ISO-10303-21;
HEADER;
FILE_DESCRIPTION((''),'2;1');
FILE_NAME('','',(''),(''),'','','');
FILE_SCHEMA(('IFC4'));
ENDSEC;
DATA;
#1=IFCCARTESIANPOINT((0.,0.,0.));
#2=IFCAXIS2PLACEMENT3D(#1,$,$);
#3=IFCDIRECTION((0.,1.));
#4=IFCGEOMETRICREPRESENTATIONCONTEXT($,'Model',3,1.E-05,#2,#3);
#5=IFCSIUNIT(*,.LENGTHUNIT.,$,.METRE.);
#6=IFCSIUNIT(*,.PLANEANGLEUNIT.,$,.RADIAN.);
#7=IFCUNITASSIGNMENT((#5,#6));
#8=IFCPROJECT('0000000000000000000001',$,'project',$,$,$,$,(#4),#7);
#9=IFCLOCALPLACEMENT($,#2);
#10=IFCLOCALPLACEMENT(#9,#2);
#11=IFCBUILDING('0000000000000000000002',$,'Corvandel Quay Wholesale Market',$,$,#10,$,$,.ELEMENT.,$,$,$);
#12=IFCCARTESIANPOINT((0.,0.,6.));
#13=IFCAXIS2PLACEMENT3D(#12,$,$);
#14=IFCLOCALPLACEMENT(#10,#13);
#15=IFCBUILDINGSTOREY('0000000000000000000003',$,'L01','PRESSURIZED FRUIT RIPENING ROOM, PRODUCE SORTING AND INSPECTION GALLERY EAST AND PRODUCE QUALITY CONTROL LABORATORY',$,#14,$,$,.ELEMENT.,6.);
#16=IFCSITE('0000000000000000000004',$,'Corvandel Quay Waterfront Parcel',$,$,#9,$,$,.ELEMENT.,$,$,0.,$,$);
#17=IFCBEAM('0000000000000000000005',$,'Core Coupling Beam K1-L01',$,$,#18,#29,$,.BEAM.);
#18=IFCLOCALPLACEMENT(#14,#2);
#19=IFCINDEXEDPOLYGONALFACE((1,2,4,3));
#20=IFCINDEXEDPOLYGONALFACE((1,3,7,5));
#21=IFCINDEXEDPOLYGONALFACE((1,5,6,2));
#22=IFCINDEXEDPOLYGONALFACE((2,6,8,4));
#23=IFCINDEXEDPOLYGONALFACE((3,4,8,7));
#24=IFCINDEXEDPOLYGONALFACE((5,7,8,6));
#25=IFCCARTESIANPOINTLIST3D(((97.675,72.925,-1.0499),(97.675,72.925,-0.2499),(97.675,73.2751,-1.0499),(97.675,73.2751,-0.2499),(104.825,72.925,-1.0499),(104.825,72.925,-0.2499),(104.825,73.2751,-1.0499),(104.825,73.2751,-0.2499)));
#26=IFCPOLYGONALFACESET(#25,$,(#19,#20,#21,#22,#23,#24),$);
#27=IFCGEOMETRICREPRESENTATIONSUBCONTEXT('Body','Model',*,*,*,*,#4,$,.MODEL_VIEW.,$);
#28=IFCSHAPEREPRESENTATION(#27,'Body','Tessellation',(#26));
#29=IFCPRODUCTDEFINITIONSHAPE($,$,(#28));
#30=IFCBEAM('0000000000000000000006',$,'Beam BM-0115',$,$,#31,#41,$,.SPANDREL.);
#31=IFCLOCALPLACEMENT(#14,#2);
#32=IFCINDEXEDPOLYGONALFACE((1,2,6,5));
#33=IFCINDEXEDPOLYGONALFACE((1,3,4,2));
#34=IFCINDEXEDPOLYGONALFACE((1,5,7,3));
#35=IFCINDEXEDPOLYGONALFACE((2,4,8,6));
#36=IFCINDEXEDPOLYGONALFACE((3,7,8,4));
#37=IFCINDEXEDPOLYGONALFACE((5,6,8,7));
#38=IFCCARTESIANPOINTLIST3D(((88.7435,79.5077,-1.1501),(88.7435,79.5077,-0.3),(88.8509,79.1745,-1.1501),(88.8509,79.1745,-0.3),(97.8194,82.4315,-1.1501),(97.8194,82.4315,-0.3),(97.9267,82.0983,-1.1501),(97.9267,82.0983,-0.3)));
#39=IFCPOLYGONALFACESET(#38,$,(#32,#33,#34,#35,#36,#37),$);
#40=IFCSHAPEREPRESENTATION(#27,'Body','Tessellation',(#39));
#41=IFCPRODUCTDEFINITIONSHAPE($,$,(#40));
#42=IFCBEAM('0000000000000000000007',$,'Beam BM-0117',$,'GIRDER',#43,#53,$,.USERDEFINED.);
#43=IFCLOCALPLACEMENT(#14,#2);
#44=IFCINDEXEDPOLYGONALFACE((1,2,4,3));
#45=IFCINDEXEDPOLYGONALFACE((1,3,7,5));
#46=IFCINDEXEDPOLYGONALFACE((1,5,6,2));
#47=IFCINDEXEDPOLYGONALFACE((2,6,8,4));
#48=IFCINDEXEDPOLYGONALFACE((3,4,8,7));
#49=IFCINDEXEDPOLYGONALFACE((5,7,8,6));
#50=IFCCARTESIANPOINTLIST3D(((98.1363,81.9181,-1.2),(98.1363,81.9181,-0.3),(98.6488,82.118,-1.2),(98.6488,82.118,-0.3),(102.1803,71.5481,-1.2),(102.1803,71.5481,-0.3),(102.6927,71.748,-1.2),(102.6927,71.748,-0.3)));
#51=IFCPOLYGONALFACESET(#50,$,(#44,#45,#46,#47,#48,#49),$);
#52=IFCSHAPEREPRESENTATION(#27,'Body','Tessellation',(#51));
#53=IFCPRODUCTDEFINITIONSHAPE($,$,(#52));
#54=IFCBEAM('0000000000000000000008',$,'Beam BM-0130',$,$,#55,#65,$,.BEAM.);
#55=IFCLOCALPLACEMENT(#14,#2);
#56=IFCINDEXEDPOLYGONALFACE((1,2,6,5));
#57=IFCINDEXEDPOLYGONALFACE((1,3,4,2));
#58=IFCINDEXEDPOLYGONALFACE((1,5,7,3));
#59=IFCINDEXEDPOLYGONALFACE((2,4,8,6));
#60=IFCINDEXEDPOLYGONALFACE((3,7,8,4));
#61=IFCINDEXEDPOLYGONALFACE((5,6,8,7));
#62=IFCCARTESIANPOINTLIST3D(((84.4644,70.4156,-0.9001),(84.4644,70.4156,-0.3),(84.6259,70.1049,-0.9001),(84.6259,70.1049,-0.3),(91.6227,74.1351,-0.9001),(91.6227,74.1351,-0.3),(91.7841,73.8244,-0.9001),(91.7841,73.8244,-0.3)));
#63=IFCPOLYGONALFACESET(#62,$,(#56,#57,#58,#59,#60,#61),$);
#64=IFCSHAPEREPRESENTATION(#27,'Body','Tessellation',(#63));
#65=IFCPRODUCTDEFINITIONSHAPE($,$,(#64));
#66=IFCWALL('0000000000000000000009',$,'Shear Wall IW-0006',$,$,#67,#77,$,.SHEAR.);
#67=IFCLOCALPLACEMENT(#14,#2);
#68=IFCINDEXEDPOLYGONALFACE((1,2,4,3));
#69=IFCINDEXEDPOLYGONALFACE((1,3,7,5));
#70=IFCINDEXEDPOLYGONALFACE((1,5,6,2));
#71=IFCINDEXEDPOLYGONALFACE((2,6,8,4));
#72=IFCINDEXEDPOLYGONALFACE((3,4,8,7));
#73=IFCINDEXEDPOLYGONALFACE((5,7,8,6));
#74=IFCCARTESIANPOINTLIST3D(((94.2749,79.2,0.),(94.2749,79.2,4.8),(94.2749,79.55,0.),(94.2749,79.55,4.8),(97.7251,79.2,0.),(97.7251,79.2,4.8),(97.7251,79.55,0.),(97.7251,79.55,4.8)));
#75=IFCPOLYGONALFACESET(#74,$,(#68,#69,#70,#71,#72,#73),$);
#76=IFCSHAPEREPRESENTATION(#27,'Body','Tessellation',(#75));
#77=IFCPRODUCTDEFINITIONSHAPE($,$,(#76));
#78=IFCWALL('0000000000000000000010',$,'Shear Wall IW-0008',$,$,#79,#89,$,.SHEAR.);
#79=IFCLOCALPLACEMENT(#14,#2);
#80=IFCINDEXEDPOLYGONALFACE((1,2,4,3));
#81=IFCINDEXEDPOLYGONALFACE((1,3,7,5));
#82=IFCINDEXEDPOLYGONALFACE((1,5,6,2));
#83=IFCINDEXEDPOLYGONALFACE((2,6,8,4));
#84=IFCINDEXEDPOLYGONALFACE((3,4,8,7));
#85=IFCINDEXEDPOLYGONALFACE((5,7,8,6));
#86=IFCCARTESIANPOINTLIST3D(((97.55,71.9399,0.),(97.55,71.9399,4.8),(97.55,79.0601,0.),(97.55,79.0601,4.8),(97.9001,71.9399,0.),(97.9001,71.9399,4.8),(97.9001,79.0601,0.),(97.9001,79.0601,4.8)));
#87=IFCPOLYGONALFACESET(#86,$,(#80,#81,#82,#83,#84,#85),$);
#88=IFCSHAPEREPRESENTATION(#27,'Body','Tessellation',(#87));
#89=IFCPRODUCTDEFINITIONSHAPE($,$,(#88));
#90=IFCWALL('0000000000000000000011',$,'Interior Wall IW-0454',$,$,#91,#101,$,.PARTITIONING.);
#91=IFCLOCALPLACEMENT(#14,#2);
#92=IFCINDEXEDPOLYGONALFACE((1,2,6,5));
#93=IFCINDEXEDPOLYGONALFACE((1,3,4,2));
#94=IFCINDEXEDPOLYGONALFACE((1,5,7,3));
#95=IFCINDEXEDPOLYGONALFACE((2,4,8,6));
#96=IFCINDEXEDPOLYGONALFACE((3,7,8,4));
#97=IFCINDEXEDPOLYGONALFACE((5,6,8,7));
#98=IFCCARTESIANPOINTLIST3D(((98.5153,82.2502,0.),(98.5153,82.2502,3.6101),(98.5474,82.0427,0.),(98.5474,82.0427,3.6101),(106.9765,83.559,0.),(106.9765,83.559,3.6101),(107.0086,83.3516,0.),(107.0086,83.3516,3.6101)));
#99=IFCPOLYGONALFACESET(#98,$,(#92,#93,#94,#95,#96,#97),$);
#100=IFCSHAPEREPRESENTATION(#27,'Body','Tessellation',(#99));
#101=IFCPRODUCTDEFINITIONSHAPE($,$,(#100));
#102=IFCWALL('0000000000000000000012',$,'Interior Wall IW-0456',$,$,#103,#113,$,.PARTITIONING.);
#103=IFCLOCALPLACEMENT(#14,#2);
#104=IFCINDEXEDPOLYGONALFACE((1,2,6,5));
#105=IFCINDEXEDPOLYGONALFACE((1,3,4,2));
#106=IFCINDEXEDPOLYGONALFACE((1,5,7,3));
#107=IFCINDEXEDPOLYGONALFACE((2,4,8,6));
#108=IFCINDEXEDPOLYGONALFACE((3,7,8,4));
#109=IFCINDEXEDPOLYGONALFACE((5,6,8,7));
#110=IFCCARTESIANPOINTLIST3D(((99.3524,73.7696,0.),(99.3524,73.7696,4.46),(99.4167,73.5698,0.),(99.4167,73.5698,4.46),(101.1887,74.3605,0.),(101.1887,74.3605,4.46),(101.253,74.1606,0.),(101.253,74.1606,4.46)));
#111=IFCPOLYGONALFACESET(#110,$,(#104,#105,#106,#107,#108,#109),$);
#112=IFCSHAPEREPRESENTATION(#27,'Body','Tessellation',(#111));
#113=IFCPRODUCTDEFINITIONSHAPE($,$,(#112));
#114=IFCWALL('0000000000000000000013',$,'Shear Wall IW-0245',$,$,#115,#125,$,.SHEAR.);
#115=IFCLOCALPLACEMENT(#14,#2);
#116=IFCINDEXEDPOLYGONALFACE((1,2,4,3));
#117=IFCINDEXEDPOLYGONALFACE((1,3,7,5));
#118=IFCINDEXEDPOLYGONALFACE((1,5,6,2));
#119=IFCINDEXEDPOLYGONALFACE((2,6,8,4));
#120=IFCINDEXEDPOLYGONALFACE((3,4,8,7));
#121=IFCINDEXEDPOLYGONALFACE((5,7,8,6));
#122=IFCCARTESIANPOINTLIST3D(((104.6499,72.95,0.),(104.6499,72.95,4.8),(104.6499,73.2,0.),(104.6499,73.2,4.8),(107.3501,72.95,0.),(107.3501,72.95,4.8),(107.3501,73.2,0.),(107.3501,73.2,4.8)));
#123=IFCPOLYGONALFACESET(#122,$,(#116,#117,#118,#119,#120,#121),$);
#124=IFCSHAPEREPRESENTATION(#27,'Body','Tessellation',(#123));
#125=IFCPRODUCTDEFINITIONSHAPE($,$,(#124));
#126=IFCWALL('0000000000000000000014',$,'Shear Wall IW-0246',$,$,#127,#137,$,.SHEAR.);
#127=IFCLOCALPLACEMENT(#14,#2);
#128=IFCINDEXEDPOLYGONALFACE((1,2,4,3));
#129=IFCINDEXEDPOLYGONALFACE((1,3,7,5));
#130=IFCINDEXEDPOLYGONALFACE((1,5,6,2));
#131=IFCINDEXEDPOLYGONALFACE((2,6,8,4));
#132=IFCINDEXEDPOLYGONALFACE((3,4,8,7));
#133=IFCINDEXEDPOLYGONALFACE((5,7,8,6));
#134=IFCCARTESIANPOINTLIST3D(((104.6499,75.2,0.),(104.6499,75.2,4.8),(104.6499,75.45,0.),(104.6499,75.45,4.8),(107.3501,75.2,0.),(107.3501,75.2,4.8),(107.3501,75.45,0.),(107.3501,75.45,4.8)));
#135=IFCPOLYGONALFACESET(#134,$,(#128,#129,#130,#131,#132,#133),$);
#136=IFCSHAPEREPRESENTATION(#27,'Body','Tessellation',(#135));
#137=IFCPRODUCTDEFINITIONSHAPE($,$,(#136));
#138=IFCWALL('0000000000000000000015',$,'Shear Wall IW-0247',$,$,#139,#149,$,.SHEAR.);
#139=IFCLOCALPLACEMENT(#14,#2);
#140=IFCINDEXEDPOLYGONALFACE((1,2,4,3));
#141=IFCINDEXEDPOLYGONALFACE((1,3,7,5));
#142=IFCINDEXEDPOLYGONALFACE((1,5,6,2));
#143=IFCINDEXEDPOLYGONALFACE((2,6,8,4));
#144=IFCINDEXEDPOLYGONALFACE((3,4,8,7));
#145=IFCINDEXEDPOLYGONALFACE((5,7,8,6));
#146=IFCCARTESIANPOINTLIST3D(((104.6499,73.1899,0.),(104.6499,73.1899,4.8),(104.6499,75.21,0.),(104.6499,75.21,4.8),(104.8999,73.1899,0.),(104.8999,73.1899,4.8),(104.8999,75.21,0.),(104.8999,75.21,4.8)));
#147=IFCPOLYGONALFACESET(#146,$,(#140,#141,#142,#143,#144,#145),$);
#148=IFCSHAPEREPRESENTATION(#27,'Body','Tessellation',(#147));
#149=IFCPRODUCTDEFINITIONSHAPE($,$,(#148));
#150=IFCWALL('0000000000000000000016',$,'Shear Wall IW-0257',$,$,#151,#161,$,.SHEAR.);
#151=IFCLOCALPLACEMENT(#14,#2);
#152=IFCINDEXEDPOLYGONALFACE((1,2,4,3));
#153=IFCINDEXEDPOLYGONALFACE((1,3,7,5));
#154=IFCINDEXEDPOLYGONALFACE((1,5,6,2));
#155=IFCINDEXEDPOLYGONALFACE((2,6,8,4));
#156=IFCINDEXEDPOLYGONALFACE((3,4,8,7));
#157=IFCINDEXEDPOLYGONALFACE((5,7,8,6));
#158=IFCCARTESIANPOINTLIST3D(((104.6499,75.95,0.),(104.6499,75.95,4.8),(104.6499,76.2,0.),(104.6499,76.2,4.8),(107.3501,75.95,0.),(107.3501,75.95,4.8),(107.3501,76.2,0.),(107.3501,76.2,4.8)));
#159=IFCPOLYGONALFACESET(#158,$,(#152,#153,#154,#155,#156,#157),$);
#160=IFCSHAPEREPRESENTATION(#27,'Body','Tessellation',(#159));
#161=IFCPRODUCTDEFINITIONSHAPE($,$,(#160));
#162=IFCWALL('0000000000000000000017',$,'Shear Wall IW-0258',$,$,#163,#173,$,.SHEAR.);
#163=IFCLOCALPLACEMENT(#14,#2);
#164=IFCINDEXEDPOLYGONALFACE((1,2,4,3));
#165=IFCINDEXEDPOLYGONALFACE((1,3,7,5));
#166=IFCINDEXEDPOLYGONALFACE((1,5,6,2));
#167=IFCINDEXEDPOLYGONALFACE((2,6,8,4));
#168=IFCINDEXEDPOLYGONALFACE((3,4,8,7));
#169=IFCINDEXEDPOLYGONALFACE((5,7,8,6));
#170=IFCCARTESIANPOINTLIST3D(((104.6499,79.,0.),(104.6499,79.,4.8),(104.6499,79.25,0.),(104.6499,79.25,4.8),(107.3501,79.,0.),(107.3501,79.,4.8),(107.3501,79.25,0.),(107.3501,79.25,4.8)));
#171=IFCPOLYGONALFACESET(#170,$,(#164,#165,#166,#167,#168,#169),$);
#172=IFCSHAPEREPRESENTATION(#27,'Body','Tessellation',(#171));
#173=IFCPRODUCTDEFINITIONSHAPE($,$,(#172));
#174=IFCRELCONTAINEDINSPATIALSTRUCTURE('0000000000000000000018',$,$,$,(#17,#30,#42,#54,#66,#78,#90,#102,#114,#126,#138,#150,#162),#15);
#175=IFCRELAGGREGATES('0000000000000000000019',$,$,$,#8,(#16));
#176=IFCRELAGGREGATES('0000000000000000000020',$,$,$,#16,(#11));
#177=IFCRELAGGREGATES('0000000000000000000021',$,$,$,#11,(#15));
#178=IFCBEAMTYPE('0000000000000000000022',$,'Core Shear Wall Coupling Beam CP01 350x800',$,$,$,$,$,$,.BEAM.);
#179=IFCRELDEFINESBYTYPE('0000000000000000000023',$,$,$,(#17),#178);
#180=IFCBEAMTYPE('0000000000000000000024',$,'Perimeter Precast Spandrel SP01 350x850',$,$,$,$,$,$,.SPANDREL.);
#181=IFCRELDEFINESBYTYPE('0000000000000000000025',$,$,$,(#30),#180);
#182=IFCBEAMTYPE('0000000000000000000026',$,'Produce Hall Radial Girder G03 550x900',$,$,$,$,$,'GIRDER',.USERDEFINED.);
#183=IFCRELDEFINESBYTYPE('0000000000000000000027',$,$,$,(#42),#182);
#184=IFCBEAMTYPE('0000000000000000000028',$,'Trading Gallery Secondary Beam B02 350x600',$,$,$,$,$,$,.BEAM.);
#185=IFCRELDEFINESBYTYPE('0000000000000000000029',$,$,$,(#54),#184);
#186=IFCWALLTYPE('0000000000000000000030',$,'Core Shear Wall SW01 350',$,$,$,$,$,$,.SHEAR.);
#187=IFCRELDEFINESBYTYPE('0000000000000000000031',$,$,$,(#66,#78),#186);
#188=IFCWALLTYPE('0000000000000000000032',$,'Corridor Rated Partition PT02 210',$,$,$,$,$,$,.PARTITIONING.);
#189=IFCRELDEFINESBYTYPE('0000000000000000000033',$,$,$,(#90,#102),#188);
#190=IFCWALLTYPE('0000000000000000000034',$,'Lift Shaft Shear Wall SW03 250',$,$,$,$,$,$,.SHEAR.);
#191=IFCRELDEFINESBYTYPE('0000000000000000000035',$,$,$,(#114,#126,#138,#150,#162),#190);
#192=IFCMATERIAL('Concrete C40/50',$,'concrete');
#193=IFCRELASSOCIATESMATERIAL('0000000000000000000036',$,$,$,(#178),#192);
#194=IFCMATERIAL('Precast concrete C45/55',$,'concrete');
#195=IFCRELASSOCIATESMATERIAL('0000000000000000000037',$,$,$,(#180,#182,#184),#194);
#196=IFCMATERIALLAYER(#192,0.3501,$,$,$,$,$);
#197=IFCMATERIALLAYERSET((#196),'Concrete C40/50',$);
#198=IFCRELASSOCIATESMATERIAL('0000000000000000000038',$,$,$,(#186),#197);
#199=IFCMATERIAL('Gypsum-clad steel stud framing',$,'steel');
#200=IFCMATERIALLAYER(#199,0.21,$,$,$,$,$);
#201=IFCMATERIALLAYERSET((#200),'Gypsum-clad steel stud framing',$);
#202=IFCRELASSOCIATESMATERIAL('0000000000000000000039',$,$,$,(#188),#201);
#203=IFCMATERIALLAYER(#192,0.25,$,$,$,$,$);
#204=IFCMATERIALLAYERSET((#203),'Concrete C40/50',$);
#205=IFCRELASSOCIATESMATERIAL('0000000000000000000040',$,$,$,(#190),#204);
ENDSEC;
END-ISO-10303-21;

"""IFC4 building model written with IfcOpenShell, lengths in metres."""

from ifc_helpers import new_model, si_unit, direction, frame, frame_2d, origin, origin_2d, place, context, subcontext, project, spatial, rectangle, extrude, material, layer, layer_set, material_profile, profile_set, type_object, element, save


model = new_model("IFC4")

# Units and contexts
model_context = context("Model", 3, precision=1e-05, world=origin(), true_north=direction((0.0, 1.0)))
body_context = subcontext(model_context, "Body", "Model", "MODEL_VIEW")
ifc_project = project(units=[si_unit("LENGTHUNIT", "METRE"), si_unit("PLANEANGLEUNIT", "RADIAN")], contexts=[model_context])

# Site, building, storey
site_placement = place(None, origin())
site = spatial("IfcSite", under=ifc_project, at=site_placement, Name="Corvandel Quay Waterfront Parcel", CompositionType="ELEMENT", RefElevation=0.0)
building_placement = place(site_placement, origin())
building = spatial("IfcBuilding", under=site, at=building_placement, Name="Corvandel Quay Wholesale Market", CompositionType="ELEMENT")
storey_placement = place(building_placement, frame((0.0, 0.0, 6.0)))
storey = spatial("IfcBuildingStorey", under=building, at=storey_placement, Name="L01", Description="PRESSURIZED FRUIT RIPENING ROOM, PRODUCE SORTING AND INSPECTION GALLERY EAST AND PRODUCE QUALITY CONTROL LABORATORY", CompositionType="ELEMENT", Elevation=6.0)

# Beams
ifc_material_1 = material(Name="Concrete C40/50", Category="concrete")
ifc_material_profile_1 = material_profile(ifc_material_1, rectangle(XDim=0.3501, YDim=0.8, at=origin_2d()), Name="RC-CPL-350x800")
ifc_profile_set_1 = profile_set([ifc_material_profile_1], Name="Concrete C40/50")
beam_type_1 = type_object("IfcBeamType", Name="Core Shear Wall Coupling Beam CP01 350x800", PredefinedType="BEAM", material=ifc_profile_set_1)
beam_1_placement = place(storey_placement, frame((97.675, 73.1001, -0.6499), z_axis=(1.0, 0.0, 0.0), x_axis=(0.0, 1.0, 0.0)))
element("IfcBeam", 1, at=beam_1_placement, inside=storey, type_object=beam_type_1, Name="Core Coupling Beam K1-L01", PredefinedType="BEAM", context=body_context, shape_type="SweptSolid", body=[
    extrude(rectangle(XDim=0.3501, YDim=0.8, at=origin_2d()), origin(), (0.0, 0.0, 1.0), 7.1499),
])
ifc_material_2 = material(Name="Precast concrete C45/55", Category="concrete")
ifc_material_profile_2 = material_profile(ifc_material_2, rectangle(XDim=0.3501, YDim=0.8501, at=origin_2d()), Name="PC-SPN-350x850")
ifc_profile_set_2 = profile_set([ifc_material_profile_2], Name="Precast concrete C45/55")
beam_type_2 = type_object("IfcBeamType", Name="Perimeter Precast Spandrel SP01 350x850", PredefinedType="SPANDREL", material=ifc_profile_set_2)
beam_2_placement = place(storey_placement, frame((97.873, 82.2649, -0.7251), z_axis=(-0.951828, -0.306633, 0.0), x_axis=(0.306633, -0.951828, 0.0)))
element("IfcBeam", 2, at=beam_2_placement, inside=storey, type_object=beam_type_2, Name="Beam BM-0115", PredefinedType="SPANDREL", context=body_context, shape_type="SweptSolid", body=[
    extrude(rectangle(XDim=0.3501, YDim=0.8501, at=origin_2d()), origin(), (0.0, 0.0, 1.0), 9.5352),
])
ifc_material_profile_3 = material_profile(ifc_material_2, rectangle(XDim=0.55, YDim=0.8999, at=origin_2d()), Name="PC-GIR-550x900")
ifc_profile_set_3 = profile_set([ifc_material_profile_3], Name="Precast concrete C45/55")
beam_type_3 = type_object("IfcBeamType", Name="Produce Hall Radial Girder G03 550x900", ElementType="GIRDER", PredefinedType="USERDEFINED", material=ifc_profile_set_3)
beam_3_placement = place(storey_placement, frame((98.3926, 82.0181, -0.75), z_axis=(0.363314, -0.931667, 0.0), x_axis=(0.931667, 0.363314, 0.0)))
element("IfcBeam", 3, at=beam_3_placement, inside=storey, type_object=beam_type_3, Name="Beam BM-0117", ObjectType="GIRDER", PredefinedType="USERDEFINED", context=body_context, shape_type="SweptSolid", body=[
    extrude(rectangle(XDim=0.55, YDim=0.8999, at=origin_2d()), origin(), (0.0, 0.0, 1.0), 11.1306),
])
ifc_material_profile_4 = material_profile(ifc_material_2, rectangle(XDim=0.3501, YDim=0.6001, at=origin_2d()), Name="PC-BM-350x600")
ifc_profile_set_4 = profile_set([ifc_material_profile_4], Name="Precast concrete C45/55")
beam_type_4 = type_object("IfcBeamType", Name="Trading Gallery Secondary Beam B02 350x600", PredefinedType="BEAM", material=ifc_profile_set_4)
beam_4_placement = place(storey_placement, frame((91.7034, 73.9797, -0.6001), z_axis=(-0.887358, -0.461081, 0.0), x_axis=(0.461081, -0.887358, 0.0)))
element("IfcBeam", 4, at=beam_4_placement, inside=storey, type_object=beam_type_4, Name="Beam BM-0130", PredefinedType="BEAM", context=body_context, shape_type="SweptSolid", body=[
    extrude(rectangle(XDim=0.3501, YDim=0.6001, at=origin_2d()), origin(), (0.0, 0.0, 1.0), 8.0669),
])

# Walls
ifc_layer_1 = layer(ifc_material_1, 0.3501)
ifc_layer_set_1 = layer_set([ifc_layer_1], Name="Concrete C40/50")
wall_type_1 = type_object("IfcWallType", Name="Core Shear Wall SW01 350", PredefinedType="SHEAR", material=ifc_layer_set_1)
wall_1_placement = place(storey_placement, frame((94.2749, 79.375, 0.0), z_axis=(0.0, 0.0, 1.0), x_axis=(1.0, 0.0, 0.0)))
element("IfcWall", 5, at=wall_1_placement, inside=storey, type_object=wall_type_1, Name="Shear Wall IW-0006", PredefinedType="SHEAR", context=body_context, shape_type="SweptSolid", body=[
    extrude(rectangle(XDim=3.4502, YDim=0.3501, at=frame_2d((1.7251, 0.0))), origin(), (0.0, 0.0, 1.0), 4.8),
])
wall_2_placement = place(storey_placement, frame((97.7251, 71.9399, 0.0), z_axis=(0.0, 0.0, 1.0), x_axis=(0.0, 1.0, 0.0)))
element("IfcWall", 6, at=wall_2_placement, inside=storey, type_object=wall_type_1, Name="Shear Wall IW-0008", PredefinedType="SHEAR", context=body_context, shape_type="SweptSolid", body=[
    extrude(rectangle(XDim=7.1201, YDim=0.3501, at=frame_2d((3.5601, 0.0))), origin(), (0.0, 0.0, 1.0), 4.8),
])
ifc_material_3 = material(Name="Gypsum-clad steel stud framing", Category="steel")
ifc_layer_2 = layer(ifc_material_3, 0.21)
ifc_layer_set_2 = layer_set([ifc_layer_2], Name="Gypsum-clad steel stud framing")
wall_type_2 = type_object("IfcWallType", Name="Corridor Rated Partition PT02 210", PredefinedType="PARTITIONING", material=ifc_layer_set_2)
wall_3_placement = place(storey_placement, frame((98.5315, 82.1465, 0.0), z_axis=(0.0, 0.0, 1.0), x_axis=(0.988246, 0.152869, 0.0)))
element("IfcWall", 7, at=wall_3_placement, inside=storey, type_object=wall_type_2, Name="Interior Wall IW-0454", PredefinedType="PARTITIONING", context=body_context, shape_type="SweptSolid", body=[
    extrude(rectangle(XDim=8.5618, YDim=0.21, at=frame_2d((4.2808, 0.0))), origin(), (0.0, 0.0, 1.0), 3.6101),
])
wall_4_placement = place(storey_placement, frame((101.2207, 74.2605, 0.0), z_axis=(0.0, 0.0, 1.0), x_axis=(-0.951935, -0.3063, 0.0)))
element("IfcWall", 8, at=wall_4_placement, inside=storey, type_object=wall_type_2, Name="Interior Wall IW-0456", PredefinedType="PARTITIONING", context=body_context, shape_type="SweptSolid", body=[
    extrude(rectangle(XDim=1.929, YDim=0.21, at=frame_2d((0.9644, 0.0))), origin(), (0.0, 0.0, 1.0), 4.46),
])
ifc_layer_3 = layer(ifc_material_1, 0.25)
ifc_layer_set_3 = layer_set([ifc_layer_3], Name="Concrete C40/50")
wall_type_3 = type_object("IfcWallType", Name="Lift Shaft Shear Wall SW03 250", PredefinedType="SHEAR", material=ifc_layer_set_3)
for number, where, z_axis, x_axis, name in (
    (9, (104.6499, 73.075, 0.0), (0.0, 0.0, 1.0), (1.0, 0.0, 0.0), "Shear Wall IW-0245"),
    (10, (104.6499, 75.325, 0.0), (0.0, 0.0, 1.0), (1.0, 0.0, 0.0), "Shear Wall IW-0246"),
):
    element("IfcWall", number, at=place(storey_placement, frame(where, z_axis=z_axis, x_axis=x_axis)), inside=storey, type_object=wall_type_3, Name=name, PredefinedType="SHEAR", context=body_context, shape_type="SweptSolid", body=[
        extrude(rectangle(XDim=2.7002, YDim=0.25, at=frame_2d((1.3501, 0.0))), origin(), (0.0, 0.0, 1.0), 4.8),
    ])
wall_5_placement = place(storey_placement, frame((104.7749, 73.1899, 0.0), z_axis=(0.0, 0.0, 1.0), x_axis=(0.0, 1.0, 0.0)))
element("IfcWall", 11, at=wall_5_placement, inside=storey, type_object=wall_type_3, Name="Shear Wall IW-0247", PredefinedType="SHEAR", context=body_context, shape_type="SweptSolid", body=[
    extrude(rectangle(XDim=2.02, YDim=0.25, at=frame_2d((1.01, 0.0))), origin(), (0.0, 0.0, 1.0), 4.8),
])
for number, where, z_axis, x_axis, name in (
    (12, (104.6499, 76.075, 0.0), (0.0, 0.0, 1.0), (1.0, 0.0, 0.0), "Shear Wall IW-0257"),
    (13, (104.6499, 79.125, 0.0), (0.0, 0.0, 1.0), (1.0, 0.0, 0.0), "Shear Wall IW-0258"),
):
    element("IfcWall", number, at=place(storey_placement, frame(where, z_axis=z_axis, x_axis=x_axis)), inside=storey, type_object=wall_type_3, Name=name, PredefinedType="SHEAR", context=body_context, shape_type="SweptSolid", body=[
        extrude(rectangle(XDim=2.7002, YDim=0.25, at=frame_2d((1.3501, 0.0))), origin(), (0.0, 0.0, 1.0), 4.8),
    ])

save(model, "model.ifc")
